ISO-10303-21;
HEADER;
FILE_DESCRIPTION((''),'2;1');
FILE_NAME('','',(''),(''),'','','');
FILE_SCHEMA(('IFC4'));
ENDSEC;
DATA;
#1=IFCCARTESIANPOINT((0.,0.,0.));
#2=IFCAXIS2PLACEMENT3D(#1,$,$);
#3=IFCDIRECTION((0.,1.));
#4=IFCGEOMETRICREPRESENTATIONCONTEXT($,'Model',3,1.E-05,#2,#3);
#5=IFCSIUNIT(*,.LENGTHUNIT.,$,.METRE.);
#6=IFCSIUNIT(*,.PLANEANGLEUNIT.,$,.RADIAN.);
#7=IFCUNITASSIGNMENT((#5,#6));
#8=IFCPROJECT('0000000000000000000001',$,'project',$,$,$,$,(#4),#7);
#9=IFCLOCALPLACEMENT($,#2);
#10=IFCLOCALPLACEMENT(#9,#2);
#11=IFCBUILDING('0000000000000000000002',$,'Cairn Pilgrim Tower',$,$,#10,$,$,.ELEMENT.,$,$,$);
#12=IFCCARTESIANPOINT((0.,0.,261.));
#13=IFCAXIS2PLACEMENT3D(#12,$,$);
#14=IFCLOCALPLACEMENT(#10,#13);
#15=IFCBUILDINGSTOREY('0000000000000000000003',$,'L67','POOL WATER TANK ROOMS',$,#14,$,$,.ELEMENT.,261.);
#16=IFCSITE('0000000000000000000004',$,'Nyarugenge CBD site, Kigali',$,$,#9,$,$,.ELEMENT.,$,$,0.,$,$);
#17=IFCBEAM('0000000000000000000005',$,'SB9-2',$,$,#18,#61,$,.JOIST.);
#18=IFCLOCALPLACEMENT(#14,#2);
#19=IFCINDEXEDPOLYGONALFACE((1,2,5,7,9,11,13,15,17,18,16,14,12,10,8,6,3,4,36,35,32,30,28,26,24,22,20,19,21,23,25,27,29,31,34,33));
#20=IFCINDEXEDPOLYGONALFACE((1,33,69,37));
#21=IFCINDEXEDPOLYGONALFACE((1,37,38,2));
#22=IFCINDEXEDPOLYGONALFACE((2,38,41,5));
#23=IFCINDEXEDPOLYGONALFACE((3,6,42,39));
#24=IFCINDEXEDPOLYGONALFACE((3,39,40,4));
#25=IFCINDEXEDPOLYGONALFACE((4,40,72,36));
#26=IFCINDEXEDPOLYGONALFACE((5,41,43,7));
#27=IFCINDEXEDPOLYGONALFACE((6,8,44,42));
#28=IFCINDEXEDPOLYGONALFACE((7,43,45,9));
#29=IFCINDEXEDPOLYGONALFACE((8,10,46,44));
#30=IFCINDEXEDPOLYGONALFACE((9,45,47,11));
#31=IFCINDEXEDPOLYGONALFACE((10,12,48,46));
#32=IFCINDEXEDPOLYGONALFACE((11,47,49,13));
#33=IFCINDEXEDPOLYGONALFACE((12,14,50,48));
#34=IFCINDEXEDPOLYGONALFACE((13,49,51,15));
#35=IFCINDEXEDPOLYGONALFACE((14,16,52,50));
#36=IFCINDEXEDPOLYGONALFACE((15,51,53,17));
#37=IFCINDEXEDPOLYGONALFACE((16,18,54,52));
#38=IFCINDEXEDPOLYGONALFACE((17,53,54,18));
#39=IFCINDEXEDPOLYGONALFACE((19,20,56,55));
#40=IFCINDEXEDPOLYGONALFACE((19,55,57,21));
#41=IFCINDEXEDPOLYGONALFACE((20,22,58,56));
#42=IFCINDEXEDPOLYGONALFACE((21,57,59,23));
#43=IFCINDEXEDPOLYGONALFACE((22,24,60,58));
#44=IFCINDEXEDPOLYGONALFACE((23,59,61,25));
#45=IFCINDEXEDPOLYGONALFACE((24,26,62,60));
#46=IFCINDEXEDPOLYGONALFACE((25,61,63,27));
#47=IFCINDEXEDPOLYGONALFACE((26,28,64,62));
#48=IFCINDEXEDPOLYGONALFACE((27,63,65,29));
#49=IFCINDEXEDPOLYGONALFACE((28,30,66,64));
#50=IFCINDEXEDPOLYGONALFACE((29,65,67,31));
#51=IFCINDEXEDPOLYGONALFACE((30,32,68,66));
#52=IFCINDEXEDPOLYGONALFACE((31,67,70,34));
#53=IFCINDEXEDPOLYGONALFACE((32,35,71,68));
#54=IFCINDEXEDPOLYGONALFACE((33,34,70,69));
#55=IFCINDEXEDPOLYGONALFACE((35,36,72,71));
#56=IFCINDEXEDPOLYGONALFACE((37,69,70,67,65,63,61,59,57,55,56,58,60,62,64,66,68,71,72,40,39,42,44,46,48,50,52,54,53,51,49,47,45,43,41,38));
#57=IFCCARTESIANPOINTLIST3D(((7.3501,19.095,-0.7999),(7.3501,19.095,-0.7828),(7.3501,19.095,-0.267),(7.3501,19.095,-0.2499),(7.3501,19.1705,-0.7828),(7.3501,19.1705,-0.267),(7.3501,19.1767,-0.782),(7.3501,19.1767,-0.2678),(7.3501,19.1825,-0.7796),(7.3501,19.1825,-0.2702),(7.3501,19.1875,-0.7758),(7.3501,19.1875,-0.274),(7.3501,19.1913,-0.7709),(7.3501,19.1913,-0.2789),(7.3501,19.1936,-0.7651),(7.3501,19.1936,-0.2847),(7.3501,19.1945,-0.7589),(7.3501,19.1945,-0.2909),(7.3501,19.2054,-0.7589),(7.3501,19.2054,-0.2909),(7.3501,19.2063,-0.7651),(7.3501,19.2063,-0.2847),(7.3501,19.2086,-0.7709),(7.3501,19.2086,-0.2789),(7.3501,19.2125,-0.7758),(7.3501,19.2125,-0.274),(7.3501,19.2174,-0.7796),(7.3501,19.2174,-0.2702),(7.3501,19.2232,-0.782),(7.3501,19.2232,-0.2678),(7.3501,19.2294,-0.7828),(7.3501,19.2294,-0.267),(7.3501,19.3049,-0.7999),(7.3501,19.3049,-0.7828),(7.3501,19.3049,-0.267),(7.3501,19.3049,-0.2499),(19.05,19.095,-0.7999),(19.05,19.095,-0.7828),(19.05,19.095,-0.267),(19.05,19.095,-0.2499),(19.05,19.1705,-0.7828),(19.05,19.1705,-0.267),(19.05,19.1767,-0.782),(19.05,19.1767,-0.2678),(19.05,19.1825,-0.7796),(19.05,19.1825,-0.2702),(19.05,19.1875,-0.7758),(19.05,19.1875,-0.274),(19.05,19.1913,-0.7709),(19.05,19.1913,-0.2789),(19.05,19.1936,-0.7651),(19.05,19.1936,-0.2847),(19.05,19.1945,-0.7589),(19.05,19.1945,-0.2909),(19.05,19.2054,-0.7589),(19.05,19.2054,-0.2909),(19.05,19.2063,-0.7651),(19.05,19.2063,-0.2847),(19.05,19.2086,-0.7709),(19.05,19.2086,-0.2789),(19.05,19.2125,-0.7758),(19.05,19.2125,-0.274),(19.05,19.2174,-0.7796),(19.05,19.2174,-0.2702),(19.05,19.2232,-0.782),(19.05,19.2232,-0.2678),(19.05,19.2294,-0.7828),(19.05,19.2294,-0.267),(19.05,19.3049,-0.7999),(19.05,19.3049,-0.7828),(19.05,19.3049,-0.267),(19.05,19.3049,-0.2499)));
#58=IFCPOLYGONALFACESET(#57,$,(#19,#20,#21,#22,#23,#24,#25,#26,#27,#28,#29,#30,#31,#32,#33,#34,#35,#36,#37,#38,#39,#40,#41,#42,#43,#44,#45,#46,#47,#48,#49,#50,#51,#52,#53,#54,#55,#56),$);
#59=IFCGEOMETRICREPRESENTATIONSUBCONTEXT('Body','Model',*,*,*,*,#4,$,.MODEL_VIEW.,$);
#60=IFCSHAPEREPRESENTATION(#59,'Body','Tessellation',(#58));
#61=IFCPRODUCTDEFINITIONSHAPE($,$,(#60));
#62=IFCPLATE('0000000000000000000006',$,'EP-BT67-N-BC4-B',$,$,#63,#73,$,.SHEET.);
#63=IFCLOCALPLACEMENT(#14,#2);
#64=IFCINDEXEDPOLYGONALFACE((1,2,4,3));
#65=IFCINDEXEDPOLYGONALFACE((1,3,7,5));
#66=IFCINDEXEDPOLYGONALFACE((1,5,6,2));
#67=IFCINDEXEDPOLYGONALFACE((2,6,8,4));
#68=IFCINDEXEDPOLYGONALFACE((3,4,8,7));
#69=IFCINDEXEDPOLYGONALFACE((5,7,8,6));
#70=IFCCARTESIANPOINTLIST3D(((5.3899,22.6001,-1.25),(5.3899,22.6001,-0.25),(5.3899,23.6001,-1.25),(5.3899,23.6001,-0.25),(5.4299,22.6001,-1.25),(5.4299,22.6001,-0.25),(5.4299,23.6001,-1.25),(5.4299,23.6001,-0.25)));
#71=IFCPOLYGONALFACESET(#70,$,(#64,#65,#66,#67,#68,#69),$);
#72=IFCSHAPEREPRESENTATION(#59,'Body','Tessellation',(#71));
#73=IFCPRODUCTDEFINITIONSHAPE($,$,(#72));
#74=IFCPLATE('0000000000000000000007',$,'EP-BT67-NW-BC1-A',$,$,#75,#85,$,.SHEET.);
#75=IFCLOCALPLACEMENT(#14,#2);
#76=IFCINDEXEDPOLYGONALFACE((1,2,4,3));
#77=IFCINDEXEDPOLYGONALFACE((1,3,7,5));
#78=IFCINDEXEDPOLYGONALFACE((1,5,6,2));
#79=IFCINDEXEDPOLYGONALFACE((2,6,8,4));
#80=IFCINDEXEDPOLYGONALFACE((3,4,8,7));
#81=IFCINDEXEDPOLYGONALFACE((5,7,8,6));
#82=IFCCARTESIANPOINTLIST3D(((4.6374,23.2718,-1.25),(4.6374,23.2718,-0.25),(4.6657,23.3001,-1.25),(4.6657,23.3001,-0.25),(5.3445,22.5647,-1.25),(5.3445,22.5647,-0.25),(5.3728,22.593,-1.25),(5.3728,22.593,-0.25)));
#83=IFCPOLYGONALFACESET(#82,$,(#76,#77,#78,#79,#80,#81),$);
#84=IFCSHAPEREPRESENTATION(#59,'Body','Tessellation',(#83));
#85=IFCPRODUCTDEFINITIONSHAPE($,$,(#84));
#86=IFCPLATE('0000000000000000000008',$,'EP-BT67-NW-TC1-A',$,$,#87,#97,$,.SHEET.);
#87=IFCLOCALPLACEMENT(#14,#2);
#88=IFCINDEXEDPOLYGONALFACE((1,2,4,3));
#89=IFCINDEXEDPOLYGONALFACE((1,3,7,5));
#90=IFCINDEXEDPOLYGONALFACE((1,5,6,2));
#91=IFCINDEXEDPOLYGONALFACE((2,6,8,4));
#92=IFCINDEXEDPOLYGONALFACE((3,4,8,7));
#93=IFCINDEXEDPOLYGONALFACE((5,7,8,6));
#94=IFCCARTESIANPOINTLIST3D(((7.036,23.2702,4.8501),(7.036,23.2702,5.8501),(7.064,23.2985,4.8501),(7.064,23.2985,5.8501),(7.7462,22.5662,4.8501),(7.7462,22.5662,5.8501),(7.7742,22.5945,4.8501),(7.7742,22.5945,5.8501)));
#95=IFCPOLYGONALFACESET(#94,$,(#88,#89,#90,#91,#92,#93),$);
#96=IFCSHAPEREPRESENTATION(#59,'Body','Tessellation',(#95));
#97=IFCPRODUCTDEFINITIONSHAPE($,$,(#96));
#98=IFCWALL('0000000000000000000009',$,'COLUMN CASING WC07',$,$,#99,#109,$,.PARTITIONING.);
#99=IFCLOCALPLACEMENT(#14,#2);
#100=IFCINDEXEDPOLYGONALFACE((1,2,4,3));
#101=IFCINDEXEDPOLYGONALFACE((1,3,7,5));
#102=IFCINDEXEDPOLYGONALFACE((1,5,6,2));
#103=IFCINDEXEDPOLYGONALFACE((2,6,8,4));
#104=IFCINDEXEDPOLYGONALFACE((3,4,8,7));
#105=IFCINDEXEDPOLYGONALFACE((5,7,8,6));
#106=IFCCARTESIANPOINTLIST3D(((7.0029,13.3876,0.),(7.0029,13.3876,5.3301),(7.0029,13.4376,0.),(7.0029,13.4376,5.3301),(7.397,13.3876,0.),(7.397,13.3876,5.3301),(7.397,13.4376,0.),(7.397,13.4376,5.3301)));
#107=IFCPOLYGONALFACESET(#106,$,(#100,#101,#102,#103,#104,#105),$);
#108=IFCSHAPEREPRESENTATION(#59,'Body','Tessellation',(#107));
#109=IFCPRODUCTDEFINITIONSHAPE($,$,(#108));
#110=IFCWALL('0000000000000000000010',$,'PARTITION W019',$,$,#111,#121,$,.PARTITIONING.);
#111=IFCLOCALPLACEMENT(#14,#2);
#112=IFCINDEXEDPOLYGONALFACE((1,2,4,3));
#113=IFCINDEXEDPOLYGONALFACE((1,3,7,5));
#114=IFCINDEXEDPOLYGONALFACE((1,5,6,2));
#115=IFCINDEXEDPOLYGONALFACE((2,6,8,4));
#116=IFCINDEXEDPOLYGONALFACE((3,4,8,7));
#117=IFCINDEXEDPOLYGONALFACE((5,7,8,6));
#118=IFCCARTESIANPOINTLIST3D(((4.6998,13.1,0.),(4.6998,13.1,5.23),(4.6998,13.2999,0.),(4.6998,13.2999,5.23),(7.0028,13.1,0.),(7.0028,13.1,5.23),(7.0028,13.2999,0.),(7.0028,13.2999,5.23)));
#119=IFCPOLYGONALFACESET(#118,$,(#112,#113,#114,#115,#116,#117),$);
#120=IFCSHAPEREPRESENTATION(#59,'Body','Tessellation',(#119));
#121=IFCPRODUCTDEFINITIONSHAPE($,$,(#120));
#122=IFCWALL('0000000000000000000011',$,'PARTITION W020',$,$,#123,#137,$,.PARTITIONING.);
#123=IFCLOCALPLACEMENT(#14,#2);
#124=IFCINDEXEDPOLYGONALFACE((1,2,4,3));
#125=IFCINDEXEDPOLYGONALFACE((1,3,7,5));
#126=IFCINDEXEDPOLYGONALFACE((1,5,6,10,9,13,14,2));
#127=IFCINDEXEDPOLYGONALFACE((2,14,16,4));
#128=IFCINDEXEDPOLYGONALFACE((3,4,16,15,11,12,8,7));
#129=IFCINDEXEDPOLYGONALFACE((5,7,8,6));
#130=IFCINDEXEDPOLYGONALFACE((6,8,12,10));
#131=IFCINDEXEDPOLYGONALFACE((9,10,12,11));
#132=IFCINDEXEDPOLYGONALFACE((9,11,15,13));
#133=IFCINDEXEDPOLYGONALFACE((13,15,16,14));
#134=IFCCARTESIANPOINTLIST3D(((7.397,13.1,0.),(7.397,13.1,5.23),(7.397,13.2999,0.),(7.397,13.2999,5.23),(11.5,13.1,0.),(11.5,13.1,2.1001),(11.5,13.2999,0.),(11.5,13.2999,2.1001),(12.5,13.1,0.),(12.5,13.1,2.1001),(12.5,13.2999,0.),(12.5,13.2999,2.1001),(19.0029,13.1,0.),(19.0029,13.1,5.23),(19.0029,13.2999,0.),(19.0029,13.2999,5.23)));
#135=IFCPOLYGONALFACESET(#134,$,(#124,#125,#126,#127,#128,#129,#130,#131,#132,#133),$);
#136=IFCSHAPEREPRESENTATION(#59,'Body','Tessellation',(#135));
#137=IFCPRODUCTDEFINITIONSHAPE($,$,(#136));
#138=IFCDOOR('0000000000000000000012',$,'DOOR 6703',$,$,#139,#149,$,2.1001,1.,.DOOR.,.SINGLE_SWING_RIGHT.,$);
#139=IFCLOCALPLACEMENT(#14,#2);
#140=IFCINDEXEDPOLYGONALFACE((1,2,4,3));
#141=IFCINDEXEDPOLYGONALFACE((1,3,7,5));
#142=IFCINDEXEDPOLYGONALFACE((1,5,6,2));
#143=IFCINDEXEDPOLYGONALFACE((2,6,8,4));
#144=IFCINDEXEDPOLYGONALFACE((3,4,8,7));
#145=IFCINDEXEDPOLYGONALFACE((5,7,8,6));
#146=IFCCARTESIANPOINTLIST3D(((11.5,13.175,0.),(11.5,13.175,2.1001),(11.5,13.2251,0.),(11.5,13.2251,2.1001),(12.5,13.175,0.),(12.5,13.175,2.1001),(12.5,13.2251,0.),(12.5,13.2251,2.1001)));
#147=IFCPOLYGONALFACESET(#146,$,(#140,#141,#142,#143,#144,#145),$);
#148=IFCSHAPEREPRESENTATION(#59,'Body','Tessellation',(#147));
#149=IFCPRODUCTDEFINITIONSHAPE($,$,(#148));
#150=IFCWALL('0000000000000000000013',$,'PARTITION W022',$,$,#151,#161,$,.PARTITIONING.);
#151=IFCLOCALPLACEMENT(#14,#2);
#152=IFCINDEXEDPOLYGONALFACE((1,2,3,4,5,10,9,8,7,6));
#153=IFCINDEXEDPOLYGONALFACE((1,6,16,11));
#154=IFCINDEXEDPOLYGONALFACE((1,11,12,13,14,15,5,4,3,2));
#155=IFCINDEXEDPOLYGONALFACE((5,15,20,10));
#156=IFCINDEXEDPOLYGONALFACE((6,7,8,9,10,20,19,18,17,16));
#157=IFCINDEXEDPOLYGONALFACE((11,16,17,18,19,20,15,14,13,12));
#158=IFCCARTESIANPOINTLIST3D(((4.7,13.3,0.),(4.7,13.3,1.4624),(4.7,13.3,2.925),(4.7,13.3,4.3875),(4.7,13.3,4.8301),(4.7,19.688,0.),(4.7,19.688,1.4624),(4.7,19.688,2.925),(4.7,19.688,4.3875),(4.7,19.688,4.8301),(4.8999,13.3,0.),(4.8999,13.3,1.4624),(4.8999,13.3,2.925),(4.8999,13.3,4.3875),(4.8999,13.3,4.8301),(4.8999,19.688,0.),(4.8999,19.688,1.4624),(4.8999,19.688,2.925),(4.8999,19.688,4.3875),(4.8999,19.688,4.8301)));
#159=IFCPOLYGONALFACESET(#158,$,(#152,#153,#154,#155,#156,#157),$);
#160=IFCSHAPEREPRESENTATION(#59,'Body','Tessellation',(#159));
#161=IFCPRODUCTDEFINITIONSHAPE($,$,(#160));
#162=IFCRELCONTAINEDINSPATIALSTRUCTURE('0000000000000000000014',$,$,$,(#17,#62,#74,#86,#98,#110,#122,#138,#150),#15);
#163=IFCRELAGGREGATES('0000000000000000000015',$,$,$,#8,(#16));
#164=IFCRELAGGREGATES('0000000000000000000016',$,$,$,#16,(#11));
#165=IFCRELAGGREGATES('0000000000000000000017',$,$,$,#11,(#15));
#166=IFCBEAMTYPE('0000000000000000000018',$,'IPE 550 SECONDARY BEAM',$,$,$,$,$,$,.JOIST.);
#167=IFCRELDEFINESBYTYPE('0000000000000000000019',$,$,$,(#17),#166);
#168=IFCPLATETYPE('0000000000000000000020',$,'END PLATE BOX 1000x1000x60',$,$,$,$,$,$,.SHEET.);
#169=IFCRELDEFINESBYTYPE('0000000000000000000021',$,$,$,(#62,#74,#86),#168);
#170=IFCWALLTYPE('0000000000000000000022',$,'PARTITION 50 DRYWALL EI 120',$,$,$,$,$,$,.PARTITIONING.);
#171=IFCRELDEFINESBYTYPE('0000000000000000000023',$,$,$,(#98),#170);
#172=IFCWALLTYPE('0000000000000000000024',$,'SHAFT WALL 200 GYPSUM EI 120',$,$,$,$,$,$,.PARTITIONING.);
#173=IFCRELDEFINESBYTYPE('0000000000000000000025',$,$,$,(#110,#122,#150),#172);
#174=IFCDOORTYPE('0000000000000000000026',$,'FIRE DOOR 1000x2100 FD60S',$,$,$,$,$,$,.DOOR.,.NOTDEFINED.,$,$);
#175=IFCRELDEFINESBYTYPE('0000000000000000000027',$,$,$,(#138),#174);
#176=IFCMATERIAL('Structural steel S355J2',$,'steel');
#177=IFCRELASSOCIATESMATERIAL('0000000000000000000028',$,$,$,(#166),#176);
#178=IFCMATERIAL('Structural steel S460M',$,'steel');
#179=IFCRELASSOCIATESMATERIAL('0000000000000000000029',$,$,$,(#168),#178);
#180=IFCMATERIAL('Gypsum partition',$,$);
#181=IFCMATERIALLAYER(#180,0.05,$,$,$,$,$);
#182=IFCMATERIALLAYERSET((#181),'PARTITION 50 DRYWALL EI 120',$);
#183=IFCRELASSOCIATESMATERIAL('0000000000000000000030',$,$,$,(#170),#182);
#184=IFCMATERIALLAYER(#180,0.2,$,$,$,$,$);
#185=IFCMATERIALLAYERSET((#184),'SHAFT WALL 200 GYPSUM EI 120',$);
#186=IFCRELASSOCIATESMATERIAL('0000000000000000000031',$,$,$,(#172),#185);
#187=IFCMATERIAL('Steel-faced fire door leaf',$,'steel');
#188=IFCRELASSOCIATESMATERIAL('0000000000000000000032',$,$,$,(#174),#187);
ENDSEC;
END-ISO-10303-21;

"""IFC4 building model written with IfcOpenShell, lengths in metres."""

from ifc_helpers import new_model, si_unit, direction, frame, frame_2d, origin, origin_2d, place, context, subcontext, project, spatial, polyline, rectangle, i_section, outline, extrude, material, layer, layer_set, material_profile, profile_set, type_object, element, fill, save


model = new_model("IFC4")

# Units and contexts
model_context = context("Model", 3, precision=1e-05, world=origin(), true_north=direction((0.0, 1.0)))
body_context = subcontext(model_context, "Body", "Model", "MODEL_VIEW")
ifc_project = project(units=[si_unit("LENGTHUNIT", "METRE"), si_unit("PLANEANGLEUNIT", "RADIAN")], contexts=[model_context])

# Site, building, storey
site_placement = place(None, origin())
site = spatial("IfcSite", under=ifc_project, at=site_placement, Name="Nyarugenge CBD site, Kigali", CompositionType="ELEMENT", RefElevation=0.0)
building_placement = place(site_placement, origin())
building = spatial("IfcBuilding", under=site, at=building_placement, Name="Cairn Pilgrim Tower", CompositionType="ELEMENT")
storey_placement = place(building_placement, frame((0.0, 0.0, 261.0)))
storey = spatial("IfcBuildingStorey", under=building, at=storey_placement, Name="L67", Description="POOL WATER TANK ROOMS", CompositionType="ELEMENT", Elevation=261.0)

# Shared definitions
ifc_material_1 = material(Name="Structural steel S355J2", Category="steel")

# Shared definitions
ifc_material_2 = material(Name="Structural steel S460M", Category="steel")

# Beam
ifc_material_profile_1 = material_profile(ifc_material_1, i_section(OverallWidth=0.21, OverallDepth=0.55, WebThickness=0.011, FlangeThickness=0.0171, FilletRadius=0.0239, at=origin_2d()), Name="IPE 550")
ifc_profile_set_1 = profile_set([ifc_material_profile_1], Name="Structural steel S355J2")
beam_type_1 = type_object("IfcBeamType", Name="IPE 550 SECONDARY BEAM", PredefinedType="JOIST", material=ifc_profile_set_1)
beam_1_placement = place(storey_placement, frame((7.3501, 19.2, -0.5249), z_axis=(1.0, 0.0, 0.0), x_axis=(0.0, 1.0, 0.0)))
element("IfcBeam", 1, at=beam_1_placement, inside=storey, type_object=beam_type_1, Name="SB9-2", PredefinedType="JOIST", context=body_context, shape_type="SweptSolid", body=[
    extrude(i_section(OverallWidth=0.21, OverallDepth=0.55, WebThickness=0.011, FlangeThickness=0.0171, FilletRadius=0.0239, at=origin_2d()), origin(), (0.0, 0.0, 1.0), 11.7),
])

# Plates
ifc_material_profile_2 = material_profile(ifc_material_2, rectangle(XDim=1.0, YDim=1.0, at=origin_2d()), Name="END PLATE BOX 1000x1000x60")
ifc_profile_set_2 = profile_set([ifc_material_profile_2], Name="Structural steel S460M")
plate_type = type_object("IfcPlateType", Name="END PLATE BOX 1000x1000x60", PredefinedType="SHEET", material=ifc_profile_set_2)
for number, where, z_axis, x_axis, name in (
    (2, (5.4299, 23.1001, -0.75), (-1.0, 0.0, 0.0), (0.0, -1.0, 0.0), "EP-BT67-N-BC4-B"),
    (3, (4.991, 22.9182, -0.75), (0.707107, 0.707107, 0.0), (-0.707107, 0.707107, 0.0), "EP-BT67-NW-BC1-A"),
):
    element("IfcPlate", number, at=place(storey_placement, frame(where, z_axis=z_axis, x_axis=x_axis)), inside=storey, type_object=plate_type, Name=name, PredefinedType="SHEET", context=body_context, shape_type="SweptSolid", body=[
        extrude(rectangle(XDim=1.0, YDim=1.0, at=origin_2d()), origin(), (0.0, 0.0, 1.0), 0.04),
    ])
plate_placement = place(storey_placement, frame((7.3911, 22.9182, 5.3501), z_axis=(0.704039, 0.710161, 0.0), x_axis=(-0.710161, 0.704039, 0.0)))
element("IfcPlate", 4, at=plate_placement, inside=storey, type_object=plate_type, Name="EP-BT67-NW-TC1-A", PredefinedType="SHEET", context=body_context, shape_type="SweptSolid", body=[
    extrude(rectangle(XDim=1.0, YDim=1.0, at=origin_2d()), origin(), (0.0, 0.0, 1.0), 0.0398),
])

# Walls
ifc_material_3 = material(Name="Gypsum partition")
ifc_layer_1 = layer(ifc_material_3, 0.05)
ifc_layer_set_1 = layer_set([ifc_layer_1], Name="PARTITION 50 DRYWALL EI 120")
wall_type_1 = type_object("IfcWallType", Name="PARTITION 50 DRYWALL EI 120", PredefinedType="PARTITIONING", material=ifc_layer_set_1)
wall_1_placement = place(storey_placement, frame((7.0029, 13.4126, 0.0), z_axis=(0.0, 0.0, 1.0), x_axis=(1.0, 0.0, 0.0)))
element("IfcWall", 5, at=wall_1_placement, inside=storey, type_object=wall_type_1, Name="COLUMN CASING WC07", PredefinedType="PARTITIONING", context=body_context, shape_type="SweptSolid", body=[
    extrude(rectangle(XDim=0.394, YDim=0.05, at=frame_2d((0.197, 0.0))), origin(), (0.0, 0.0, 1.0), 5.3301),
])
ifc_layer_2 = layer(ifc_material_3, 0.2)
ifc_layer_set_2 = layer_set([ifc_layer_2], Name="SHAFT WALL 200 GYPSUM EI 120")
wall_type_2 = type_object("IfcWallType", Name="SHAFT WALL 200 GYPSUM EI 120", PredefinedType="PARTITIONING", material=ifc_layer_set_2)
wall_2_placement = place(storey_placement, frame((4.7, 13.2, 0.0), z_axis=(0.0, 0.0, 1.0), x_axis=(1.0, 0.0, 0.0)))
element("IfcWall", 6, at=wall_2_placement, inside=storey, type_object=wall_type_2, Name="PARTITION W019", PredefinedType="PARTITIONING", context=body_context, shape_type="SweptSolid", body=[
    extrude(rectangle(XDim=2.303, YDim=0.2, at=frame_2d((1.1514, 0.0))), origin(), (0.0, 0.0, 1.0), 5.23),
])

# Wall, opening, door
wall_3_placement = place(storey_placement, frame((7.397, 13.2, 0.0), z_axis=(0.0, 0.0, 1.0), x_axis=(1.0, 0.0, 0.0)))
wall_3 = element("IfcWall", 7, at=wall_3_placement, inside=storey, type_object=wall_type_2, Name="PARTITION W020", PredefinedType="PARTITIONING", context=body_context, shape_type="SweptSolid", body=[
    extrude(rectangle(XDim=11.606, YDim=0.2, at=frame_2d((5.803, 0.0))), origin(), (0.0, 0.0, 1.0), 5.23),
])
opening_placement = place(wall_3_placement, frame((4.103, 0.0, 0.0)))
opening = element("IfcOpeningElement", 8, at=opening_placement, cuts=wall_3, PredefinedType="OPENING", context=body_context, shape_type="SweptSolid", body=[
    extrude(rectangle(XDim=1.0, YDim=2.1001, at=frame_2d((0.5, 1.05))), frame((0.0, 0.1099, 0.0), z_axis=(0.0, -1.0, 0.0), x_axis=(1.0, 0.0, 0.0)), (0.0, 0.0, 1.0), 0.22),
])
ifc_material_4 = material(Name="Steel-faced fire door leaf", Category="steel")
door_type = type_object("IfcDoorType", Name="FIRE DOOR 1000x2100 FD60S", OperationType="NOTDEFINED", PredefinedType="DOOR", material=ifc_material_4)
door_placement = place(opening_placement, frame((1.0, 0.0, 0.0), z_axis=(0.0, 0.0, 1.0), x_axis=(-1.0, 0.0, 0.0)))
door = element("IfcDoor", 9, at=door_placement, inside=storey, type_object=door_type, Name="DOOR 6703", OperationType="SINGLE_SWING_RIGHT", OverallHeight=2.1001, OverallWidth=1.0, PredefinedType="DOOR", context=body_context, shape_type="SweptSolid", body=[
    extrude(rectangle(XDim=1.0, YDim=2.1001, at=frame_2d((0.5, 1.05))), frame((0.0, 0.0249, 0.0), z_axis=(0.0, -1.0, 0.0), x_axis=(1.0, 0.0, 0.0)), (0.0, 0.0, 1.0), 0.05),
])
fill(opening, door)

# Wall
wall_4_placement = place(storey_placement, frame((4.8, 13.3, 0.0), z_axis=(0.0, 0.0, 1.0), x_axis=(0.0, 1.0, 0.0)))
element("IfcWall", 10, at=wall_4_placement, inside=storey, type_object=wall_type_2, Name="PARTITION W022", PredefinedType="PARTITIONING", context=body_context, shape_type="SweptSolid", body=[
    extrude(outline(polyline([(0.0, 0.0), (6.3879, 0.0), (6.3879, 1.4624), (6.3879, 2.925), (6.3879, 4.3875), (6.3879, 4.8301), (0.0, 4.8301), (0.0, 4.3875), (0.0, 2.925), (0.0, 1.4624), (0.0, 0.0)])), frame((0.0, 0.1001, 0.0), z_axis=(0.0, -1.0, 0.0), x_axis=(1.0, 0.0, 0.0)), (0.0, 0.0, 1.0), 0.2),
])

save(model, "model.ifc")
